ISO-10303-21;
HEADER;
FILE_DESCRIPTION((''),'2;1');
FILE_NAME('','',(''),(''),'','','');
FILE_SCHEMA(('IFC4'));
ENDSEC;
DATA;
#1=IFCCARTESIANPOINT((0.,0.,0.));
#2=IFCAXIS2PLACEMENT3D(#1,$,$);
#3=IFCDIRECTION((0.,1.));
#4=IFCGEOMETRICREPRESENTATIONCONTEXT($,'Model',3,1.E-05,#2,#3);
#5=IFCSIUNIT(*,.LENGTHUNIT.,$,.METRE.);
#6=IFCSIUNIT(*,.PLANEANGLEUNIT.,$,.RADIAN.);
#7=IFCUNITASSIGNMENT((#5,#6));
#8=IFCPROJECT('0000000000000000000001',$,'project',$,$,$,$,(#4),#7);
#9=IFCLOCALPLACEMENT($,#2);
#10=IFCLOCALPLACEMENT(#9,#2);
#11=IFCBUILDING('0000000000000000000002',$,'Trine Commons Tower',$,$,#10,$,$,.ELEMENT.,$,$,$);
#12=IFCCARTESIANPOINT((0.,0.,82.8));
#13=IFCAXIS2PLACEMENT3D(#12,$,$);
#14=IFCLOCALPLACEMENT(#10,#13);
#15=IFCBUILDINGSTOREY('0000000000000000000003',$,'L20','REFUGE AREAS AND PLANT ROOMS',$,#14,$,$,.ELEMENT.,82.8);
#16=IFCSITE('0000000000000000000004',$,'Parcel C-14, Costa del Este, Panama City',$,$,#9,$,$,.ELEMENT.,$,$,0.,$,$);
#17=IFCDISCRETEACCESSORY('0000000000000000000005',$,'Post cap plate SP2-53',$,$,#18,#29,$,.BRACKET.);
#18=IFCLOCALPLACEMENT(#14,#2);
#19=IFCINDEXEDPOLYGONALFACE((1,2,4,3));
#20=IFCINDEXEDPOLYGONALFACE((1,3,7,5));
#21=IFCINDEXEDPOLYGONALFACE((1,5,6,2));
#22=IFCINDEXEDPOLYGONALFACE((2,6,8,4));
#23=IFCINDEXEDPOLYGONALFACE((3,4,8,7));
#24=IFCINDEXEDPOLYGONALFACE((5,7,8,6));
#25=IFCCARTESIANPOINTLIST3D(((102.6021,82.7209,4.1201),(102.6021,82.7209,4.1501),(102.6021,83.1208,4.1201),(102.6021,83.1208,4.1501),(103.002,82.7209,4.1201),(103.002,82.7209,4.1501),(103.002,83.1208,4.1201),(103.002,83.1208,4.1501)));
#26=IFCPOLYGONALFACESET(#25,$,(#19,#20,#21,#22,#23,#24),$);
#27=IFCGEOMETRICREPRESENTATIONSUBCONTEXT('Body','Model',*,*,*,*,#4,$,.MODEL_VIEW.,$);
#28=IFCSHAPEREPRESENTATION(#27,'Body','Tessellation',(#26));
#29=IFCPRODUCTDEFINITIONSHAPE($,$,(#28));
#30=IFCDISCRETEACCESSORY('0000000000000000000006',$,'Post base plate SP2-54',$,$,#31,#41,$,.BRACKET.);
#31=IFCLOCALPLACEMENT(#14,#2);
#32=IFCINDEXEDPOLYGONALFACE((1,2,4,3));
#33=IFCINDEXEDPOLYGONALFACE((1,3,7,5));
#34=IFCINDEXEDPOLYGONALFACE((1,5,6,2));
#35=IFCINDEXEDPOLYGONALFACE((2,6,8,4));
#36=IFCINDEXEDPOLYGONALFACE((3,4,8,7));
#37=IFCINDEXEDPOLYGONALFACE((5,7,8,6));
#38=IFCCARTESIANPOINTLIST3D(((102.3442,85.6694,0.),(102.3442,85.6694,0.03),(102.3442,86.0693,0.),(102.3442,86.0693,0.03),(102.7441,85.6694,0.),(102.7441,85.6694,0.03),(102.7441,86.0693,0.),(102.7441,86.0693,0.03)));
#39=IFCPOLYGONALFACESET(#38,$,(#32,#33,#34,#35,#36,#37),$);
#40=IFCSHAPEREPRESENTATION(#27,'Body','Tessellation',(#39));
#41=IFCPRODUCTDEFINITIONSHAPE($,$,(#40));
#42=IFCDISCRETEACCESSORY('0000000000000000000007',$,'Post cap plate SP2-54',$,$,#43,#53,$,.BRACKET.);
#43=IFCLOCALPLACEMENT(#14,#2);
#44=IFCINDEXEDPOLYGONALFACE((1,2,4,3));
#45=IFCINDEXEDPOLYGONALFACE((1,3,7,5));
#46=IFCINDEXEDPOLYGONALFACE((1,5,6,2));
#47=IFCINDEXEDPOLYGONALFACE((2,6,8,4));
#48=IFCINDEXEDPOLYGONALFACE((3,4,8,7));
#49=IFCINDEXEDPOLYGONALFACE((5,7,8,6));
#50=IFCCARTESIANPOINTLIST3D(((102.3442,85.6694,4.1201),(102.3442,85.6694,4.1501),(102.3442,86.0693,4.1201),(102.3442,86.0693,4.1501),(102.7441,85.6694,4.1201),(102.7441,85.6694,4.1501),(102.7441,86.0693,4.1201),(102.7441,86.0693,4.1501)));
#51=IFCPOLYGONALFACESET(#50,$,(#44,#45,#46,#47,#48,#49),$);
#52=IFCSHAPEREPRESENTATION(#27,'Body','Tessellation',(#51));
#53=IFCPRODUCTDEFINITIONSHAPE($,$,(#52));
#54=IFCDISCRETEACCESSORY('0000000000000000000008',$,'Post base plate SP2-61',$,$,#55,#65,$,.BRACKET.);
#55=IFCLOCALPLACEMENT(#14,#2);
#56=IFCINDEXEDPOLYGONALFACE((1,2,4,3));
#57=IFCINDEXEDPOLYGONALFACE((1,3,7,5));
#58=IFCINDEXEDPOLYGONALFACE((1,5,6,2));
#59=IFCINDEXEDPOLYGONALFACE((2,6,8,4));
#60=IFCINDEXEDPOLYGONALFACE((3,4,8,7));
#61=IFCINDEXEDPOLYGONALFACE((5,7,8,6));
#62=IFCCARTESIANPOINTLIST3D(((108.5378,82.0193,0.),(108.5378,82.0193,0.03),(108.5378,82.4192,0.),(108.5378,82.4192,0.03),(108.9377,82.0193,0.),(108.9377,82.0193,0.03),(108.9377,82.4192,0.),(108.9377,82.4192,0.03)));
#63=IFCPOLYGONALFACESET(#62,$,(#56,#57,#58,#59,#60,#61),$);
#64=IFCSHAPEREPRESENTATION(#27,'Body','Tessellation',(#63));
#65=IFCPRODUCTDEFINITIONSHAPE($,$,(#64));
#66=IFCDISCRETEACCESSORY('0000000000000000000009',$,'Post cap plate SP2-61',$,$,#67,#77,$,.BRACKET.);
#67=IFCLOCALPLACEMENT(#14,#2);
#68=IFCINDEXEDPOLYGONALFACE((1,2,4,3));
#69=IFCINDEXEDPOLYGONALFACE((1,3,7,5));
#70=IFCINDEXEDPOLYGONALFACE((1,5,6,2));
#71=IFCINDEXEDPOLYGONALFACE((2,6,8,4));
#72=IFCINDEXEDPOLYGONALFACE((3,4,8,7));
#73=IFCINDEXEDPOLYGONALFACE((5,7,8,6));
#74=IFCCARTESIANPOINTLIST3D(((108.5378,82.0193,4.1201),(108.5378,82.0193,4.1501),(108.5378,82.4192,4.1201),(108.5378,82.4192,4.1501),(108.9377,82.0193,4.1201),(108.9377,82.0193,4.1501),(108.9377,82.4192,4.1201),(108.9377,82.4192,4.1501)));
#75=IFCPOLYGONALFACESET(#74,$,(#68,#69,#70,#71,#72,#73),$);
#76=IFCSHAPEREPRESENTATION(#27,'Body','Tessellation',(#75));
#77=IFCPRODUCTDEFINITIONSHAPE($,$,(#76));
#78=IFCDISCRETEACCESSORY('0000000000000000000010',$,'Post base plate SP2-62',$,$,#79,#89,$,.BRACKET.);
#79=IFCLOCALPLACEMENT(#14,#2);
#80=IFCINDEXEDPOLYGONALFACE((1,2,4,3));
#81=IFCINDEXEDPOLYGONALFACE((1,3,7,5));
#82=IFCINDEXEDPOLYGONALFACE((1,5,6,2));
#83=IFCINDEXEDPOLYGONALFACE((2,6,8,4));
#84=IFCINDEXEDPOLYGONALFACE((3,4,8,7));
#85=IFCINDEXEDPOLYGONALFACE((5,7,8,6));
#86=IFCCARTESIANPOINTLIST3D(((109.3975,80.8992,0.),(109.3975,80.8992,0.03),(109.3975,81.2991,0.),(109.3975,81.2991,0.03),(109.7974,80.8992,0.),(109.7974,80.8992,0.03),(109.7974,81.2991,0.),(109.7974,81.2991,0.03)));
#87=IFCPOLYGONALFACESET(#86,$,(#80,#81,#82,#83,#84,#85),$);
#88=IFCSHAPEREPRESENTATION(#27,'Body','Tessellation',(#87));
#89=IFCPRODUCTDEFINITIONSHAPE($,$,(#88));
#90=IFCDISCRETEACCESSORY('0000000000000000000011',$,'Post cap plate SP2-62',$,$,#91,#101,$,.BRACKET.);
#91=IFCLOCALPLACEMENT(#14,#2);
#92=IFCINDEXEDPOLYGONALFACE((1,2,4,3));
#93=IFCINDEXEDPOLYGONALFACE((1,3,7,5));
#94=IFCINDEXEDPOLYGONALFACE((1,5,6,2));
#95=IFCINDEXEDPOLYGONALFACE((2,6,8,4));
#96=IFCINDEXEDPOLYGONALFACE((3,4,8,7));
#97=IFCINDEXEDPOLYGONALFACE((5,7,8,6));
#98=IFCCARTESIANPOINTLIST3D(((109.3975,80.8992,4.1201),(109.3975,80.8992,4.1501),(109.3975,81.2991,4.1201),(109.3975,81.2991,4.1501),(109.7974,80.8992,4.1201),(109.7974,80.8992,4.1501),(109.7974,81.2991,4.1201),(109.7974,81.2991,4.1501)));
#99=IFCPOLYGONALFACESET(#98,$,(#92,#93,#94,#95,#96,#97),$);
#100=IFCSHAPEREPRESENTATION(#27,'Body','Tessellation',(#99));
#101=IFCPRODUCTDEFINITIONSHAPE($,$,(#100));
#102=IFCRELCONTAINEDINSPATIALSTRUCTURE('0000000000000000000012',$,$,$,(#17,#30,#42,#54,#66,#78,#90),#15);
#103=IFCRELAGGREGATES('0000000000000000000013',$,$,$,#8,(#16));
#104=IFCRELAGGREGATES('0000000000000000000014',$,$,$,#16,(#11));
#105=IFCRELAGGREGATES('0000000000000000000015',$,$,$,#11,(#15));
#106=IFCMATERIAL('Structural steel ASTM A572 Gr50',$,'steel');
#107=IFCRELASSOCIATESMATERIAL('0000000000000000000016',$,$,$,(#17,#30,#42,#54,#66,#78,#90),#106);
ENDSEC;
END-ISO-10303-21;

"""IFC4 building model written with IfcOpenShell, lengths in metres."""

from ifc_helpers import new_model, si_unit, direction, frame, origin, origin_2d, place, context, subcontext, project, spatial, rectangle, extrude, material, element, save


model = new_model("IFC4")

# Units and contexts
model_context = context("Model", 3, precision=1e-05, world=origin(), true_north=direction((0.0, 1.0)))
body_context = subcontext(model_context, "Body", "Model", "MODEL_VIEW")
ifc_project = project(units=[si_unit("LENGTHUNIT", "METRE"), si_unit("PLANEANGLEUNIT", "RADIAN")], contexts=[model_context])

# Site, building, storey
site_placement = place(None, origin())
site = spatial("IfcSite", under=ifc_project, at=site_placement, Name="Parcel C-14, Costa del Este, Panama City", CompositionType="ELEMENT", RefElevation=0.0)
building_placement = place(site_placement, origin())
building = spatial("IfcBuilding", under=site, at=building_placement, Name="Trine Commons Tower", CompositionType="ELEMENT")
storey_placement = place(building_placement, frame((0.0, 0.0, 82.8)))
storey = spatial("IfcBuildingStorey", under=building, at=storey_placement, Name="L20", Description="REFUGE AREAS AND PLANT ROOMS", CompositionType="ELEMENT", Elevation=82.8)

# Discrete accessories
ifc_material_1 = material(Name="Structural steel ASTM A572 Gr50", Category="steel")
for number, where, z_axis, x_axis, name in (
    (1, (102.802, 82.9209, 4.1201), (0.0, 0.0, 1.0), (1.0, 0.0, 0.0), "Post cap plate SP2-53"),
    (2, (102.5442, 85.8694, 0.0), (0.0, 0.0, 1.0), (1.0, 0.0, 0.0), "Post base plate SP2-54"),
    (3, (102.5442, 85.8694, 4.1201), (0.0, 0.0, 1.0), (1.0, 0.0, 0.0), "Post cap plate SP2-54"),
    (4, (108.7378, 82.2192, 0.0), (0.0, 0.0, 1.0), (1.0, 0.0, 0.0), "Post base plate SP2-61"),
    (5, (108.7378, 82.2192, 4.1201), (0.0, 0.0, 1.0), (1.0, 0.0, 0.0), "Post cap plate SP2-61"),
    (6, (109.5974, 81.0991, 0.0), (0.0, 0.0, 1.0), (1.0, 0.0, 0.0), "Post base plate SP2-62"),
    (7, (109.5974, 81.0991, 4.1201), (0.0, 0.0, 1.0), (1.0, 0.0, 0.0), "Post cap plate SP2-62"),
):
    element("IfcDiscreteAccessory", number, at=place(storey_placement, frame(where, z_axis=z_axis, x_axis=x_axis)), inside=storey, material=ifc_material_1, Name=name, PredefinedType="BRACKET", context=body_context, shape_type="SweptSolid", body=[
        extrude(rectangle(XDim=0.3999, YDim=0.3999, at=origin_2d()), origin(), (0.0, 0.0, 1.0), 0.03),
    ])

save(model, "model.ifc")
